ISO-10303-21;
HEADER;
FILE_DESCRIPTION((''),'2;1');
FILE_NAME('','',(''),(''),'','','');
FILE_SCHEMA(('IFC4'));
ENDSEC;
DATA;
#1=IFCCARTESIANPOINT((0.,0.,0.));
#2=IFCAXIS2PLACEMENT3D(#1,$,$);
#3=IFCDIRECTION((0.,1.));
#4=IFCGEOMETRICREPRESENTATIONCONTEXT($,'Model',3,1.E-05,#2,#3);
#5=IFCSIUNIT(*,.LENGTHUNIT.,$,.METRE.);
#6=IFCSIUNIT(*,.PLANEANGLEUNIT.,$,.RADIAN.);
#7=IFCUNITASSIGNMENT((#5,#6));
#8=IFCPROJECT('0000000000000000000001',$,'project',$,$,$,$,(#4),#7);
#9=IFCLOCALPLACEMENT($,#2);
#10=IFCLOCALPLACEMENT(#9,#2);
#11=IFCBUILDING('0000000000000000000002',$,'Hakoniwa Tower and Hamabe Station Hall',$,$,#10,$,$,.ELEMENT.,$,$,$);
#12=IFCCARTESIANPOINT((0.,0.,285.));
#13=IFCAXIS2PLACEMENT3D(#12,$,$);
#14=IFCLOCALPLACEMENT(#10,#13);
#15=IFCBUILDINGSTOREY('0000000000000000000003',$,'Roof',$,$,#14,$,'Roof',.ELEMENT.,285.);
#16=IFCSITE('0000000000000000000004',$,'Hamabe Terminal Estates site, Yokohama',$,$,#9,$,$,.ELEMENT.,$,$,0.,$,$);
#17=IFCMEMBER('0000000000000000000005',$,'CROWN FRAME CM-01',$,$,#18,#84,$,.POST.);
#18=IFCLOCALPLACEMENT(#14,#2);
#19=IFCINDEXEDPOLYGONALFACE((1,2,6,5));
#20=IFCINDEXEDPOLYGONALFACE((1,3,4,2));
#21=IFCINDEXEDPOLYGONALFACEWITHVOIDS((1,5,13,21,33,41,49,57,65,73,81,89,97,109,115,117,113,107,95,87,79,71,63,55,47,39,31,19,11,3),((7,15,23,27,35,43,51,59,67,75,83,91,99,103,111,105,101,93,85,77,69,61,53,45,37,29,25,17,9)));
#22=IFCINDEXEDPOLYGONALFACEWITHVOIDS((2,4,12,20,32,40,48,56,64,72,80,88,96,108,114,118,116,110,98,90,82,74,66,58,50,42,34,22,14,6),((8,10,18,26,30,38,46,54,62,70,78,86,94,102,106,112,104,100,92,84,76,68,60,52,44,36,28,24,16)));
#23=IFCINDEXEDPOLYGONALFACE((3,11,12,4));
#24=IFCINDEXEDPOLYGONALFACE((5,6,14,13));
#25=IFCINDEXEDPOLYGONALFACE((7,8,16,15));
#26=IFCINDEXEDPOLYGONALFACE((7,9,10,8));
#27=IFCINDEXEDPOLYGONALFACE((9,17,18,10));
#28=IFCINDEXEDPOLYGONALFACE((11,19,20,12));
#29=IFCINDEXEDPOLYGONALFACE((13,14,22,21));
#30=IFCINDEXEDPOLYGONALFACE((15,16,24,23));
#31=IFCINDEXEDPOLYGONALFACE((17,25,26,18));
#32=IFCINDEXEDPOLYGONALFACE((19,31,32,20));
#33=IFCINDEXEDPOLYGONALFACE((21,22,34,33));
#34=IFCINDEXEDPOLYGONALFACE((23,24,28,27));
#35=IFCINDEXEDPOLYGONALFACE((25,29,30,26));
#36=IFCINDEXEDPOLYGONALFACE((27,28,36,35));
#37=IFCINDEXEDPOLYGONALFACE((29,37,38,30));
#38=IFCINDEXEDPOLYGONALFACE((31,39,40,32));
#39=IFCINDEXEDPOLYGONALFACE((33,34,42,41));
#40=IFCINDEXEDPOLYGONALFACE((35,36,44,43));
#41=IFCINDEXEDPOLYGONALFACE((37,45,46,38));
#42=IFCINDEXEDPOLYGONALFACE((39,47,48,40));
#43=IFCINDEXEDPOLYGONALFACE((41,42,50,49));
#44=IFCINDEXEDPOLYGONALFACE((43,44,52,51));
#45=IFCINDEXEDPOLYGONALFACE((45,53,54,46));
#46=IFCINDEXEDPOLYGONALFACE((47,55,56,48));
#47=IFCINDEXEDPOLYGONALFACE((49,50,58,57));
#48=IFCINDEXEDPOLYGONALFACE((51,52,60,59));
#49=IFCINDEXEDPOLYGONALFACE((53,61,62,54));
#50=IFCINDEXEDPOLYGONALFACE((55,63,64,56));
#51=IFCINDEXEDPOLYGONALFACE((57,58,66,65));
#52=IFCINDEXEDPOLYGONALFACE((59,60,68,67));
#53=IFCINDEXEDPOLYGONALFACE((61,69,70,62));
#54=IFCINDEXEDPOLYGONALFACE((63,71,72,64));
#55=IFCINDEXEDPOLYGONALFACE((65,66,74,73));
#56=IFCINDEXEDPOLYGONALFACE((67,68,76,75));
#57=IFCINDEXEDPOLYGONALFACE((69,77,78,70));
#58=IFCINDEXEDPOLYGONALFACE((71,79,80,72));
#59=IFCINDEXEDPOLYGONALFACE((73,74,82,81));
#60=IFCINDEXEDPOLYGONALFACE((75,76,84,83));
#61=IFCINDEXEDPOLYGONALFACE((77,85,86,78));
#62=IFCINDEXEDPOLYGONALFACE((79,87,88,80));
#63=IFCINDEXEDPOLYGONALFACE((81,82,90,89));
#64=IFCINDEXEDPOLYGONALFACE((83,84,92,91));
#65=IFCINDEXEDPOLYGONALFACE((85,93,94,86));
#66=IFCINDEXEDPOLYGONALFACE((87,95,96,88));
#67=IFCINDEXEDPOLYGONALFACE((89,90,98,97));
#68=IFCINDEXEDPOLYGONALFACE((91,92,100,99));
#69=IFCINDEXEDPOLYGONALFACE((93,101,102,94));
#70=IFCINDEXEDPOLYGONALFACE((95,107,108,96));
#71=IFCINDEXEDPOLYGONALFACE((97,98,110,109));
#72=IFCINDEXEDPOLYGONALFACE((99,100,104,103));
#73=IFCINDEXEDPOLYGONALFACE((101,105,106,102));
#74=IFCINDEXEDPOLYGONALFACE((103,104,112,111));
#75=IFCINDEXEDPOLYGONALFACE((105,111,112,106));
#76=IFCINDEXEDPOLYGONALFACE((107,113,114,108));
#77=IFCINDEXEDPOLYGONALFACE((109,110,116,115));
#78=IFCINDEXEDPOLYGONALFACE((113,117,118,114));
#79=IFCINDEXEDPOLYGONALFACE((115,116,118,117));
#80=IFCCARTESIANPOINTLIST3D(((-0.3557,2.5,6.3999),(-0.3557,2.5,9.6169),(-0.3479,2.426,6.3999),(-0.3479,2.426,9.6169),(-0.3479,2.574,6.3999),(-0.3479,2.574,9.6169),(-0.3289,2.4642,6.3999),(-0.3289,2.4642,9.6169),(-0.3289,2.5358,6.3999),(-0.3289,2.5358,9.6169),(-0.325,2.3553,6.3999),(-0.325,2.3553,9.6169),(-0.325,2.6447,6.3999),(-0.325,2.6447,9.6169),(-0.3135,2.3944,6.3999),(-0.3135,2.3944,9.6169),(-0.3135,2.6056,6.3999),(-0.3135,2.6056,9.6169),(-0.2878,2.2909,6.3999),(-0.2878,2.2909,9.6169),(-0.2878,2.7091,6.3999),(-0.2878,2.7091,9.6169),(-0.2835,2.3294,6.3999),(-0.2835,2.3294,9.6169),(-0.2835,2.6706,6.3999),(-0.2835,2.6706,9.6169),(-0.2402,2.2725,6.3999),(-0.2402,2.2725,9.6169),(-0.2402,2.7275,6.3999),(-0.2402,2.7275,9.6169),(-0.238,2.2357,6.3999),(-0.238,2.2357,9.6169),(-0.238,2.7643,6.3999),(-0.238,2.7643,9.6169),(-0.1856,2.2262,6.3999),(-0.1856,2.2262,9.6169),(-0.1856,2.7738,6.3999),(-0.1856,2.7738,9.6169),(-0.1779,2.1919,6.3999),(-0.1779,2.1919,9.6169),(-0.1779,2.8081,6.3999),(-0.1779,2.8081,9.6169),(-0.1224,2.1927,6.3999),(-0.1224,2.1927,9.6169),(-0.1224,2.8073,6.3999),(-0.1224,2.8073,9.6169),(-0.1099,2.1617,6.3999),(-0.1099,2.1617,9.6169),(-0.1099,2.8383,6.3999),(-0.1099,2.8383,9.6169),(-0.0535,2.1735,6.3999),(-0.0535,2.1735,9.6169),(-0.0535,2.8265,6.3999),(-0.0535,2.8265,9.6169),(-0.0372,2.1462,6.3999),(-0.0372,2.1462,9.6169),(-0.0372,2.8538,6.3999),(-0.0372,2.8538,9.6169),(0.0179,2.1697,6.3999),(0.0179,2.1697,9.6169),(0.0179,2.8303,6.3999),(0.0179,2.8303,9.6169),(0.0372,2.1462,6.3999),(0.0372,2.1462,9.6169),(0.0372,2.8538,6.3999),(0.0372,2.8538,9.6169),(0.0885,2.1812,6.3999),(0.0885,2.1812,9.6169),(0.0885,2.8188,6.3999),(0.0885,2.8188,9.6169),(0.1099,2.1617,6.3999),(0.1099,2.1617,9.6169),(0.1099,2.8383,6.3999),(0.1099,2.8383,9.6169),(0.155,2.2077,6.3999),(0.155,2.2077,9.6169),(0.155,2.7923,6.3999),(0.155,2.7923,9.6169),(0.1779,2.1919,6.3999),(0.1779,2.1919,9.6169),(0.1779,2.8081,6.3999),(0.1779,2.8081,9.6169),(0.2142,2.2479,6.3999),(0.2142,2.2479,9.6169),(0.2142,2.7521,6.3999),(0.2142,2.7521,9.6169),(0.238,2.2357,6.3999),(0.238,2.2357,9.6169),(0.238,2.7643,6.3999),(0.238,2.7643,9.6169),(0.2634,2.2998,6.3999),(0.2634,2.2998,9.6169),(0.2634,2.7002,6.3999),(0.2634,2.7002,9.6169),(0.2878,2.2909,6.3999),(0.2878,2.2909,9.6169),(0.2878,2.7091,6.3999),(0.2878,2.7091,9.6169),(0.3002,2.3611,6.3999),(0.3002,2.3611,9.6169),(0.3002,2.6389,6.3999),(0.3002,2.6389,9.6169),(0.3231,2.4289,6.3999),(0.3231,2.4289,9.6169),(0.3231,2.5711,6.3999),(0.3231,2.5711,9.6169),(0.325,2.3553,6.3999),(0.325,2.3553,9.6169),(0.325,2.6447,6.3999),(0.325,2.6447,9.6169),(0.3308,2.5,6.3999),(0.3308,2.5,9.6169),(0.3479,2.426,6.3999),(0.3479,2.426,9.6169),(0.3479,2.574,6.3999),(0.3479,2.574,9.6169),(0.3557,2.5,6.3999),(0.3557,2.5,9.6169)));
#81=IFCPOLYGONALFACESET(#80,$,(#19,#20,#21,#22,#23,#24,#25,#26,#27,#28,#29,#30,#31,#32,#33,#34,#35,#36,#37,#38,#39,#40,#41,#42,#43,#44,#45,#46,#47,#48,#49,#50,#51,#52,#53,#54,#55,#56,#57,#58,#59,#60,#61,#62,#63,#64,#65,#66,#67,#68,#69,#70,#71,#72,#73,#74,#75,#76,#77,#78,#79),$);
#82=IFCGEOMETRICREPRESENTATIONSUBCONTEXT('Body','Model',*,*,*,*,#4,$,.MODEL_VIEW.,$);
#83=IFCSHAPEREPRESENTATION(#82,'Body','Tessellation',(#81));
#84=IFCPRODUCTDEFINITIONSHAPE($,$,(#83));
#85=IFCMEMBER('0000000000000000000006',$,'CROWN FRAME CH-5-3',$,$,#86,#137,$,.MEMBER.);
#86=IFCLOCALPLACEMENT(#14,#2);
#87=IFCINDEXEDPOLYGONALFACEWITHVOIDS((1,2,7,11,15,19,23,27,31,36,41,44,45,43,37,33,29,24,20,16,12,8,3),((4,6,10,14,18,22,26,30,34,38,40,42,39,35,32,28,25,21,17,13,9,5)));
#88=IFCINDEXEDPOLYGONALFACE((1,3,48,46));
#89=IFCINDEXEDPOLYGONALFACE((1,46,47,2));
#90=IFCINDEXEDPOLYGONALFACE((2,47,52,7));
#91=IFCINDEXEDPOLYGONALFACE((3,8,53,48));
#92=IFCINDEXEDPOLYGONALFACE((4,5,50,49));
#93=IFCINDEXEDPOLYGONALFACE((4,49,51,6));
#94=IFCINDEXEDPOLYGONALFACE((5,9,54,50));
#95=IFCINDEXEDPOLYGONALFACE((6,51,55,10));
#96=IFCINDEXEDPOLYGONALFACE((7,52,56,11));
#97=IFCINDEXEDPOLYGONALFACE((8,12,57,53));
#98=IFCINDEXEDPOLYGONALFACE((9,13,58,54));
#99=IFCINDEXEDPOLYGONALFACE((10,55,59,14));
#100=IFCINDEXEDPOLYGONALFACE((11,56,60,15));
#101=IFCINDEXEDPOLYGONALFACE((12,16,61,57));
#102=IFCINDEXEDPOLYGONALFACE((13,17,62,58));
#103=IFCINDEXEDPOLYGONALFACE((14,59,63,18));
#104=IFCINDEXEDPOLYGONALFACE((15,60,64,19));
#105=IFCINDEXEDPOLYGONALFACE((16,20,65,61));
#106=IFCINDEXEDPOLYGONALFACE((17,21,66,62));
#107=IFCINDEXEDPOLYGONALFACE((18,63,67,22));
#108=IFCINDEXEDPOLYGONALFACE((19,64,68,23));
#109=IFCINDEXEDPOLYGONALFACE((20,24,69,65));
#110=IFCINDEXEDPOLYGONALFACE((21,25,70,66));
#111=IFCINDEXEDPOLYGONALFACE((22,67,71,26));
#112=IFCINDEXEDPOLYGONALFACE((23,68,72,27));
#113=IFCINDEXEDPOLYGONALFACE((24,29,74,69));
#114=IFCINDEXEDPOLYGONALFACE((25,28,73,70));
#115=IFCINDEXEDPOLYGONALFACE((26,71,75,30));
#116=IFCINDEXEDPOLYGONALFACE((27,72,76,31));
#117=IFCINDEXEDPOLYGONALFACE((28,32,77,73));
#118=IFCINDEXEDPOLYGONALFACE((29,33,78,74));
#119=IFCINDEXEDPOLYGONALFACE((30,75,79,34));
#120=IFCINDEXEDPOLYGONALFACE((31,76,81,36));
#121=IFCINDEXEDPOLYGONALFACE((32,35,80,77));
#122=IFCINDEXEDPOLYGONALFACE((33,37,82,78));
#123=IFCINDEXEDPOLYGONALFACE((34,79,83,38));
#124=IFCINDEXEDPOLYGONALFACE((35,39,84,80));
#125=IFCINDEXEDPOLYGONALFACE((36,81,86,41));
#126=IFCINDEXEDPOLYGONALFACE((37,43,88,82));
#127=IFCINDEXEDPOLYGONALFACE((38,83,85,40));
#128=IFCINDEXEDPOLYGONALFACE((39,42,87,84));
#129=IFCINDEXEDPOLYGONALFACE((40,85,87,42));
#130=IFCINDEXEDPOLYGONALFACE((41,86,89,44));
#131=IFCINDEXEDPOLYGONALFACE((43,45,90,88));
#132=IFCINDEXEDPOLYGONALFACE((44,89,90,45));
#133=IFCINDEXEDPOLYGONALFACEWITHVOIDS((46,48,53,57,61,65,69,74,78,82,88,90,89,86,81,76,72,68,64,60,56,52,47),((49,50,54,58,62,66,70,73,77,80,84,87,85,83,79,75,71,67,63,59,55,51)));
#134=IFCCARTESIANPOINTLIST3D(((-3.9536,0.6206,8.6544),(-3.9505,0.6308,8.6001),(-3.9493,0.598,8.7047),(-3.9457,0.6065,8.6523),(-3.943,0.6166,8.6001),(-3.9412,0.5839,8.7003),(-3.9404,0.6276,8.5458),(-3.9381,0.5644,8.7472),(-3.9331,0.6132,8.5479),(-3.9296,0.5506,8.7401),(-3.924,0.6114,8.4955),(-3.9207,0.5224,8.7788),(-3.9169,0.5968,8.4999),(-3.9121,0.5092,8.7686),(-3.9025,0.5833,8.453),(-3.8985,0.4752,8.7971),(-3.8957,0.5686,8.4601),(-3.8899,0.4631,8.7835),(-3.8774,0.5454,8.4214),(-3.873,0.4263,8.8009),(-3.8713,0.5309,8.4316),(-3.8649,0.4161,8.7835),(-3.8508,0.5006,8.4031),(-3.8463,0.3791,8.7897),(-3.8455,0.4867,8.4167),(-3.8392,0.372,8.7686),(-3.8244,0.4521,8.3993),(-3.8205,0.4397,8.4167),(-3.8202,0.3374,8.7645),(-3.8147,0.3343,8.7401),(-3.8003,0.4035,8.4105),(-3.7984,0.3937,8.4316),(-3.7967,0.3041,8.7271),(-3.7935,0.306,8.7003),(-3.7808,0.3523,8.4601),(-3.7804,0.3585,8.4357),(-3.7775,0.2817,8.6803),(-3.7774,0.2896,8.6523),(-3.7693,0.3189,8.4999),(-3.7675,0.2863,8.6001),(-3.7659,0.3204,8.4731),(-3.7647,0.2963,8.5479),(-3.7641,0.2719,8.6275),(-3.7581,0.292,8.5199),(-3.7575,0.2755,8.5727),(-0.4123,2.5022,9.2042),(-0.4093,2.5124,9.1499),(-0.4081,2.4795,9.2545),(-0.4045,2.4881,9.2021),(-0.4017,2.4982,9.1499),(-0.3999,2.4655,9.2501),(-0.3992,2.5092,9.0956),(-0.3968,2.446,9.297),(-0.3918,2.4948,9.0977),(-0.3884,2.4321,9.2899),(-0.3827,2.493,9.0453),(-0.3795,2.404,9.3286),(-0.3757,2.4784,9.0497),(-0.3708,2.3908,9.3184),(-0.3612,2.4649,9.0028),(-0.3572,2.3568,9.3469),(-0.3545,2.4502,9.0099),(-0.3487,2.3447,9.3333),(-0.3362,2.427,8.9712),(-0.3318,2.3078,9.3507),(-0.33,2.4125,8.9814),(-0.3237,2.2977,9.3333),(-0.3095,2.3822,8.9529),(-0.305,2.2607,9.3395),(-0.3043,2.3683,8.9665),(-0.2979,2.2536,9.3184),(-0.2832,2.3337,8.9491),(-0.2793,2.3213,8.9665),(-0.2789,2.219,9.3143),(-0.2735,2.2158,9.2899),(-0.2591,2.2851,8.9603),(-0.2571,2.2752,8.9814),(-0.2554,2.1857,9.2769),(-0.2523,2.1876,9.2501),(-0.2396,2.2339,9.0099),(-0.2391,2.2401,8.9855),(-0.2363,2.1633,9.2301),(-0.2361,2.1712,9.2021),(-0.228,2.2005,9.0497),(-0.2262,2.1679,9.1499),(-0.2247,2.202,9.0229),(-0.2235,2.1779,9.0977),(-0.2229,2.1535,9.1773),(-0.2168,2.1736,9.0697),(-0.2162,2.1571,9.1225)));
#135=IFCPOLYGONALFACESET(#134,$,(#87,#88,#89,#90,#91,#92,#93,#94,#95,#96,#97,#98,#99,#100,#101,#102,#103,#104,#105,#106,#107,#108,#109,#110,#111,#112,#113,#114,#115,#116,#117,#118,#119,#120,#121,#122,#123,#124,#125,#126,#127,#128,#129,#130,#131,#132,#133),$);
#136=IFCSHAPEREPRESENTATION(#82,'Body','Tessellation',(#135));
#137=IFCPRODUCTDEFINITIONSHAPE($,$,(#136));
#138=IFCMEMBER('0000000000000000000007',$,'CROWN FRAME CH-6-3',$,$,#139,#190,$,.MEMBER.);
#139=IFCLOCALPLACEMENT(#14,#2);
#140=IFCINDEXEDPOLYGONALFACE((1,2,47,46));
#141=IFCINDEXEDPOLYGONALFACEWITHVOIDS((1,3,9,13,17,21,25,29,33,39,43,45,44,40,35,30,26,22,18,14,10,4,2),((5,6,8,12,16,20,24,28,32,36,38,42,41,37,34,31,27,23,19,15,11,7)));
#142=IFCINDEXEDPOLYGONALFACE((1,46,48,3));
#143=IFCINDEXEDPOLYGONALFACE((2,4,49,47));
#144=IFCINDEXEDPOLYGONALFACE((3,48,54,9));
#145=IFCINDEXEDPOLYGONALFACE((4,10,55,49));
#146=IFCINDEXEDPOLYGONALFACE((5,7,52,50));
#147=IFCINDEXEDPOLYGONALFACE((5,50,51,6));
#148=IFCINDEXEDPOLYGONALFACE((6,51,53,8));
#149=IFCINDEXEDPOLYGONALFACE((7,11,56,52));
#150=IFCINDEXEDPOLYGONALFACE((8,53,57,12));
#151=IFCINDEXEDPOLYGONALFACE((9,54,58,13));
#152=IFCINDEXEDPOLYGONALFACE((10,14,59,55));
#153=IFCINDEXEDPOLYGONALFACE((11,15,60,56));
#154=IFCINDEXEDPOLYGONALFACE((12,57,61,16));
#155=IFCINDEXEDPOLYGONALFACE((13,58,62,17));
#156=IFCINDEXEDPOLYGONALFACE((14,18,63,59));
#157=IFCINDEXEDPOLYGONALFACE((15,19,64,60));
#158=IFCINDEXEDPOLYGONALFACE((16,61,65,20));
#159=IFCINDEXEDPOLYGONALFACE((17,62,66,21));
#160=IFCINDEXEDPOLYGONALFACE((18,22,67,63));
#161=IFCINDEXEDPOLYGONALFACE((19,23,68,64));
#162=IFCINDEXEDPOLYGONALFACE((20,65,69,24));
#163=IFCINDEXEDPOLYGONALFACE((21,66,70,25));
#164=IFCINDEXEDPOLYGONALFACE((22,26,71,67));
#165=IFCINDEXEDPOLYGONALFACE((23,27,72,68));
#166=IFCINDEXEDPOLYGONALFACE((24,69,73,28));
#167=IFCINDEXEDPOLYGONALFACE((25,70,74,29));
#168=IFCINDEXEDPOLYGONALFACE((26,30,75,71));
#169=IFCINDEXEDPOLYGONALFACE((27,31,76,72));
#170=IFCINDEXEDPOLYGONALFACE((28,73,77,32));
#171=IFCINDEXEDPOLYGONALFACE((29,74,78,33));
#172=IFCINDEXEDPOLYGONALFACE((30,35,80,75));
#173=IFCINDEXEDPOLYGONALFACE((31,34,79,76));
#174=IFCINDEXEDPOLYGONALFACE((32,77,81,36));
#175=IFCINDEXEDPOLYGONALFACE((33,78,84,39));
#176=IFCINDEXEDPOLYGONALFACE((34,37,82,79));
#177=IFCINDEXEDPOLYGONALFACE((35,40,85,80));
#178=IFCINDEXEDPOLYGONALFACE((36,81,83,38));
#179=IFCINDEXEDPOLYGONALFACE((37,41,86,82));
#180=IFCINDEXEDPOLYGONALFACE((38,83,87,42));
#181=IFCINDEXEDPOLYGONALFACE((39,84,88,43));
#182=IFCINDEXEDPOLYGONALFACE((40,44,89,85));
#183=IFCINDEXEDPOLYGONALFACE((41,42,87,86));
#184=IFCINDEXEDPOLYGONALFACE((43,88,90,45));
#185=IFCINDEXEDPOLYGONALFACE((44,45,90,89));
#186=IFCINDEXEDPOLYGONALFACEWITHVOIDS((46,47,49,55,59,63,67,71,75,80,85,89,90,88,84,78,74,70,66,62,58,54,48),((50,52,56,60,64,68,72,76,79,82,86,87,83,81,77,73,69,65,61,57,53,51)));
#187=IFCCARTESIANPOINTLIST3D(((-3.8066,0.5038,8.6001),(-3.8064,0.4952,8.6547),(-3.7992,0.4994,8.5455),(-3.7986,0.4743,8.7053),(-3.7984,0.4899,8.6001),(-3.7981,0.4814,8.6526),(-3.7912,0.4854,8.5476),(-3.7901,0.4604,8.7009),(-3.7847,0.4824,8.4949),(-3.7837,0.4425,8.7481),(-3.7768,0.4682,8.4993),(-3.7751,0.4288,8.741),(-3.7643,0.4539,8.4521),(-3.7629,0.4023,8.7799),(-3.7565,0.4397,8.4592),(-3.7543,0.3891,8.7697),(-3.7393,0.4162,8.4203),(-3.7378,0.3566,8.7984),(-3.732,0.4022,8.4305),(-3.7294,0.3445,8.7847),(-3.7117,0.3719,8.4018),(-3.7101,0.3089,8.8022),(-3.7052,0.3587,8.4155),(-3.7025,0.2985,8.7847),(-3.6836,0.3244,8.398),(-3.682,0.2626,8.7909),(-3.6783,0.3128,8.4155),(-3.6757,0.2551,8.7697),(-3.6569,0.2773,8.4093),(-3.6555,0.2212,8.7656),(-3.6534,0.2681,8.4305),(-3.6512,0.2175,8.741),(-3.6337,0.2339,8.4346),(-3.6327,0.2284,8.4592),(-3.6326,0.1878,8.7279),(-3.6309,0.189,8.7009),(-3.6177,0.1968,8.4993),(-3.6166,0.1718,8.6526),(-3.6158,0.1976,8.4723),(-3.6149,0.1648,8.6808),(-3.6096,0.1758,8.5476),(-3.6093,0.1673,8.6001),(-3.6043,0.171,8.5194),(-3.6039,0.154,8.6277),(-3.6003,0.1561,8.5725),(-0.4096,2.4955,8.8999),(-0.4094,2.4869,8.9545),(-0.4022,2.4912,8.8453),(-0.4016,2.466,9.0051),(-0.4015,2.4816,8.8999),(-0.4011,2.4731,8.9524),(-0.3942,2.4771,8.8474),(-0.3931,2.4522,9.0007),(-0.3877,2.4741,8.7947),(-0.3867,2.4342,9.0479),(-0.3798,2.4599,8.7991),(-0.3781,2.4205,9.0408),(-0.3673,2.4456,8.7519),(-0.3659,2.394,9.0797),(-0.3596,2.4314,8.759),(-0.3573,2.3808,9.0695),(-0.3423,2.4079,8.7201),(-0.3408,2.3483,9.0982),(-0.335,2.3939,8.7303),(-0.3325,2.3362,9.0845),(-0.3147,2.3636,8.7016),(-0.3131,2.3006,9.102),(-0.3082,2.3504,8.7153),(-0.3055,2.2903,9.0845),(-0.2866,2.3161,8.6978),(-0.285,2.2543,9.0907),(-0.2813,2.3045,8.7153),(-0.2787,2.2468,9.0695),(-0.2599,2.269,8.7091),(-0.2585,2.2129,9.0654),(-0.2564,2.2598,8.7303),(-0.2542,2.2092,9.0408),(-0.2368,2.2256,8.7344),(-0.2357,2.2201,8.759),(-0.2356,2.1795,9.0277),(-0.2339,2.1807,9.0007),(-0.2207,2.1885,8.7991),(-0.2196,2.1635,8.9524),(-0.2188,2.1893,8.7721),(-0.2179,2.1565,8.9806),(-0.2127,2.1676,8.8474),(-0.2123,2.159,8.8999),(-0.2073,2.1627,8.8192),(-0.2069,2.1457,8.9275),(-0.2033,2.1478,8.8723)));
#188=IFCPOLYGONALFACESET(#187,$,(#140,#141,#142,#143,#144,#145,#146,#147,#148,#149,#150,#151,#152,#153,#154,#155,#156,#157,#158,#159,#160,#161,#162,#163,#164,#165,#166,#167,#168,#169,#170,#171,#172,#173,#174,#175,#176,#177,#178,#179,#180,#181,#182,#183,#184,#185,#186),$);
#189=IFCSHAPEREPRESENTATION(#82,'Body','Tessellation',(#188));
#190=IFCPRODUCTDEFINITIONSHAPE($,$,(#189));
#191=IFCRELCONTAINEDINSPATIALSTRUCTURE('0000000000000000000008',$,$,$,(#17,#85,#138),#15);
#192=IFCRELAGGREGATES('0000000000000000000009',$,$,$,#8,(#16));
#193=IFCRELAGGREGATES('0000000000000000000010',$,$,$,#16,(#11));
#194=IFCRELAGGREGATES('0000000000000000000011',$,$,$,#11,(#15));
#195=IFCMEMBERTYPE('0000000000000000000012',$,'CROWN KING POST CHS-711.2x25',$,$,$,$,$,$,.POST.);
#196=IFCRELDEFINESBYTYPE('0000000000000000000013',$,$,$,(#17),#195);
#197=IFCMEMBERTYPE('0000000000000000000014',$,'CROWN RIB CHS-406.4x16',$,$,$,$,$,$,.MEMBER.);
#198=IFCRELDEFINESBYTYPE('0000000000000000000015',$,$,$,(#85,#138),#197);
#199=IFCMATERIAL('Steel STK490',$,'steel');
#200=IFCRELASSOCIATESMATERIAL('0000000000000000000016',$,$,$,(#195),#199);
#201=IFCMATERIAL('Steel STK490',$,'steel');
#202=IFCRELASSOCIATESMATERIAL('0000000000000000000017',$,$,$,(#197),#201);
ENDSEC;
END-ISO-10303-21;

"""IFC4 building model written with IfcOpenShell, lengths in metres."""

from ifc_helpers import new_model, si_unit, direction, frame, origin, origin_2d, place, context, subcontext, project, spatial, hollow_circle, extrude, material, material_profile, profile_set, type_object, element, save


model = new_model("IFC4")

# Units and contexts
model_context = context("Model", 3, precision=1e-05, world=origin(), true_north=direction((0.0, 1.0)))
body_context = subcontext(model_context, "Body", "Model", "MODEL_VIEW")
ifc_project = project(units=[si_unit("LENGTHUNIT", "METRE"), si_unit("PLANEANGLEUNIT", "RADIAN")], contexts=[model_context])

# Site, building, storey
site_placement = place(None, origin())
site = spatial("IfcSite", under=ifc_project, at=site_placement, Name="Hamabe Terminal Estates site, Yokohama", CompositionType="ELEMENT", RefElevation=0.0)
building_placement = place(site_placement, origin())
building = spatial("IfcBuilding", under=site, at=building_placement, Name="Hakoniwa Tower and Hamabe Station Hall", CompositionType="ELEMENT")
storey_placement = place(building_placement, frame((0.0, 0.0, 285.0)))
storey = spatial("IfcBuildingStorey", under=building, at=storey_placement, Name="Roof", LongName="Roof", CompositionType="ELEMENT", Elevation=285.0)

# Members
ifc_material_1 = material(Name="Steel STK490", Category="steel")
ifc_material_profile_1 = material_profile(ifc_material_1, hollow_circle(Radius=0.3557, WallThickness=0.0249, at=origin_2d()), Name="CHS-711.2x25")
ifc_profile_set_1 = profile_set([ifc_material_profile_1], Name="Steel STK490")
member_type_1 = type_object("IfcMemberType", Name="CROWN KING POST CHS-711.2x25", PredefinedType="POST", material=ifc_profile_set_1)
member_1_placement = place(storey_placement, frame((0.0, 2.5, 6.3999), z_axis=(0.0, 0.0, 1.0), x_axis=(1.0, 0.0, 0.0)))
element("IfcMember", 1, at=member_1_placement, inside=storey, type_object=member_type_1, Name="CROWN FRAME CM-01", PredefinedType="POST", context=body_context, shape_type="SweptSolid", body=[
    extrude(hollow_circle(Radius=0.3557, WallThickness=0.0249, at=origin_2d()), origin(), (0.0, 0.0, 1.0), 3.217),
])
ifc_material_2 = material(Name="Steel STK490", Category="steel")
ifc_material_profile_2 = material_profile(ifc_material_2, hollow_circle(Radius=0.2031, WallThickness=0.0161, at=origin_2d()), Name="CHS-406.4x16")
ifc_profile_set_2 = profile_set([ifc_material_profile_2], Name="Steel STK490")
member_type_2 = type_object("IfcMemberType", Name="CROWN RIB CHS-406.4x16", PredefinedType="MEMBER", material=ifc_profile_set_2)
member_2_placement = place(storey_placement, frame((-3.8552, 0.4514, 8.6001), z_axis=(0.8749, 0.464864, 0.135834), x_axis=(-0.469213, 0.883085, 0.0)))
element("IfcMember", 2, at=member_2_placement, inside=storey, type_object=member_type_2, Name="CROWN FRAME CH-5-3", PredefinedType="MEMBER", context=body_context, shape_type="SweptSolid", body=[
    extrude(hollow_circle(Radius=0.2031, WallThickness=0.0161, at=origin_2d()), origin(), (0.0, 0.0, 1.0), 4.0476),
])
member_3_placement = place(storey_placement, frame((-3.7039, 0.3286, 8.6001), z_axis=(0.860168, 0.50433, 0.075915), x_axis=(-0.50579, 0.862657, 0.0)))
element("IfcMember", 3, at=member_3_placement, inside=storey, type_object=member_type_2, Name="CROWN FRAME CH-6-3", PredefinedType="MEMBER", context=body_context, shape_type="SweptSolid", body=[
    extrude(hollow_circle(Radius=0.2031, WallThickness=0.0161, at=origin_2d()), origin(), (0.0, 0.0, 1.0), 3.9492),
])

save(model, "model.ifc")
